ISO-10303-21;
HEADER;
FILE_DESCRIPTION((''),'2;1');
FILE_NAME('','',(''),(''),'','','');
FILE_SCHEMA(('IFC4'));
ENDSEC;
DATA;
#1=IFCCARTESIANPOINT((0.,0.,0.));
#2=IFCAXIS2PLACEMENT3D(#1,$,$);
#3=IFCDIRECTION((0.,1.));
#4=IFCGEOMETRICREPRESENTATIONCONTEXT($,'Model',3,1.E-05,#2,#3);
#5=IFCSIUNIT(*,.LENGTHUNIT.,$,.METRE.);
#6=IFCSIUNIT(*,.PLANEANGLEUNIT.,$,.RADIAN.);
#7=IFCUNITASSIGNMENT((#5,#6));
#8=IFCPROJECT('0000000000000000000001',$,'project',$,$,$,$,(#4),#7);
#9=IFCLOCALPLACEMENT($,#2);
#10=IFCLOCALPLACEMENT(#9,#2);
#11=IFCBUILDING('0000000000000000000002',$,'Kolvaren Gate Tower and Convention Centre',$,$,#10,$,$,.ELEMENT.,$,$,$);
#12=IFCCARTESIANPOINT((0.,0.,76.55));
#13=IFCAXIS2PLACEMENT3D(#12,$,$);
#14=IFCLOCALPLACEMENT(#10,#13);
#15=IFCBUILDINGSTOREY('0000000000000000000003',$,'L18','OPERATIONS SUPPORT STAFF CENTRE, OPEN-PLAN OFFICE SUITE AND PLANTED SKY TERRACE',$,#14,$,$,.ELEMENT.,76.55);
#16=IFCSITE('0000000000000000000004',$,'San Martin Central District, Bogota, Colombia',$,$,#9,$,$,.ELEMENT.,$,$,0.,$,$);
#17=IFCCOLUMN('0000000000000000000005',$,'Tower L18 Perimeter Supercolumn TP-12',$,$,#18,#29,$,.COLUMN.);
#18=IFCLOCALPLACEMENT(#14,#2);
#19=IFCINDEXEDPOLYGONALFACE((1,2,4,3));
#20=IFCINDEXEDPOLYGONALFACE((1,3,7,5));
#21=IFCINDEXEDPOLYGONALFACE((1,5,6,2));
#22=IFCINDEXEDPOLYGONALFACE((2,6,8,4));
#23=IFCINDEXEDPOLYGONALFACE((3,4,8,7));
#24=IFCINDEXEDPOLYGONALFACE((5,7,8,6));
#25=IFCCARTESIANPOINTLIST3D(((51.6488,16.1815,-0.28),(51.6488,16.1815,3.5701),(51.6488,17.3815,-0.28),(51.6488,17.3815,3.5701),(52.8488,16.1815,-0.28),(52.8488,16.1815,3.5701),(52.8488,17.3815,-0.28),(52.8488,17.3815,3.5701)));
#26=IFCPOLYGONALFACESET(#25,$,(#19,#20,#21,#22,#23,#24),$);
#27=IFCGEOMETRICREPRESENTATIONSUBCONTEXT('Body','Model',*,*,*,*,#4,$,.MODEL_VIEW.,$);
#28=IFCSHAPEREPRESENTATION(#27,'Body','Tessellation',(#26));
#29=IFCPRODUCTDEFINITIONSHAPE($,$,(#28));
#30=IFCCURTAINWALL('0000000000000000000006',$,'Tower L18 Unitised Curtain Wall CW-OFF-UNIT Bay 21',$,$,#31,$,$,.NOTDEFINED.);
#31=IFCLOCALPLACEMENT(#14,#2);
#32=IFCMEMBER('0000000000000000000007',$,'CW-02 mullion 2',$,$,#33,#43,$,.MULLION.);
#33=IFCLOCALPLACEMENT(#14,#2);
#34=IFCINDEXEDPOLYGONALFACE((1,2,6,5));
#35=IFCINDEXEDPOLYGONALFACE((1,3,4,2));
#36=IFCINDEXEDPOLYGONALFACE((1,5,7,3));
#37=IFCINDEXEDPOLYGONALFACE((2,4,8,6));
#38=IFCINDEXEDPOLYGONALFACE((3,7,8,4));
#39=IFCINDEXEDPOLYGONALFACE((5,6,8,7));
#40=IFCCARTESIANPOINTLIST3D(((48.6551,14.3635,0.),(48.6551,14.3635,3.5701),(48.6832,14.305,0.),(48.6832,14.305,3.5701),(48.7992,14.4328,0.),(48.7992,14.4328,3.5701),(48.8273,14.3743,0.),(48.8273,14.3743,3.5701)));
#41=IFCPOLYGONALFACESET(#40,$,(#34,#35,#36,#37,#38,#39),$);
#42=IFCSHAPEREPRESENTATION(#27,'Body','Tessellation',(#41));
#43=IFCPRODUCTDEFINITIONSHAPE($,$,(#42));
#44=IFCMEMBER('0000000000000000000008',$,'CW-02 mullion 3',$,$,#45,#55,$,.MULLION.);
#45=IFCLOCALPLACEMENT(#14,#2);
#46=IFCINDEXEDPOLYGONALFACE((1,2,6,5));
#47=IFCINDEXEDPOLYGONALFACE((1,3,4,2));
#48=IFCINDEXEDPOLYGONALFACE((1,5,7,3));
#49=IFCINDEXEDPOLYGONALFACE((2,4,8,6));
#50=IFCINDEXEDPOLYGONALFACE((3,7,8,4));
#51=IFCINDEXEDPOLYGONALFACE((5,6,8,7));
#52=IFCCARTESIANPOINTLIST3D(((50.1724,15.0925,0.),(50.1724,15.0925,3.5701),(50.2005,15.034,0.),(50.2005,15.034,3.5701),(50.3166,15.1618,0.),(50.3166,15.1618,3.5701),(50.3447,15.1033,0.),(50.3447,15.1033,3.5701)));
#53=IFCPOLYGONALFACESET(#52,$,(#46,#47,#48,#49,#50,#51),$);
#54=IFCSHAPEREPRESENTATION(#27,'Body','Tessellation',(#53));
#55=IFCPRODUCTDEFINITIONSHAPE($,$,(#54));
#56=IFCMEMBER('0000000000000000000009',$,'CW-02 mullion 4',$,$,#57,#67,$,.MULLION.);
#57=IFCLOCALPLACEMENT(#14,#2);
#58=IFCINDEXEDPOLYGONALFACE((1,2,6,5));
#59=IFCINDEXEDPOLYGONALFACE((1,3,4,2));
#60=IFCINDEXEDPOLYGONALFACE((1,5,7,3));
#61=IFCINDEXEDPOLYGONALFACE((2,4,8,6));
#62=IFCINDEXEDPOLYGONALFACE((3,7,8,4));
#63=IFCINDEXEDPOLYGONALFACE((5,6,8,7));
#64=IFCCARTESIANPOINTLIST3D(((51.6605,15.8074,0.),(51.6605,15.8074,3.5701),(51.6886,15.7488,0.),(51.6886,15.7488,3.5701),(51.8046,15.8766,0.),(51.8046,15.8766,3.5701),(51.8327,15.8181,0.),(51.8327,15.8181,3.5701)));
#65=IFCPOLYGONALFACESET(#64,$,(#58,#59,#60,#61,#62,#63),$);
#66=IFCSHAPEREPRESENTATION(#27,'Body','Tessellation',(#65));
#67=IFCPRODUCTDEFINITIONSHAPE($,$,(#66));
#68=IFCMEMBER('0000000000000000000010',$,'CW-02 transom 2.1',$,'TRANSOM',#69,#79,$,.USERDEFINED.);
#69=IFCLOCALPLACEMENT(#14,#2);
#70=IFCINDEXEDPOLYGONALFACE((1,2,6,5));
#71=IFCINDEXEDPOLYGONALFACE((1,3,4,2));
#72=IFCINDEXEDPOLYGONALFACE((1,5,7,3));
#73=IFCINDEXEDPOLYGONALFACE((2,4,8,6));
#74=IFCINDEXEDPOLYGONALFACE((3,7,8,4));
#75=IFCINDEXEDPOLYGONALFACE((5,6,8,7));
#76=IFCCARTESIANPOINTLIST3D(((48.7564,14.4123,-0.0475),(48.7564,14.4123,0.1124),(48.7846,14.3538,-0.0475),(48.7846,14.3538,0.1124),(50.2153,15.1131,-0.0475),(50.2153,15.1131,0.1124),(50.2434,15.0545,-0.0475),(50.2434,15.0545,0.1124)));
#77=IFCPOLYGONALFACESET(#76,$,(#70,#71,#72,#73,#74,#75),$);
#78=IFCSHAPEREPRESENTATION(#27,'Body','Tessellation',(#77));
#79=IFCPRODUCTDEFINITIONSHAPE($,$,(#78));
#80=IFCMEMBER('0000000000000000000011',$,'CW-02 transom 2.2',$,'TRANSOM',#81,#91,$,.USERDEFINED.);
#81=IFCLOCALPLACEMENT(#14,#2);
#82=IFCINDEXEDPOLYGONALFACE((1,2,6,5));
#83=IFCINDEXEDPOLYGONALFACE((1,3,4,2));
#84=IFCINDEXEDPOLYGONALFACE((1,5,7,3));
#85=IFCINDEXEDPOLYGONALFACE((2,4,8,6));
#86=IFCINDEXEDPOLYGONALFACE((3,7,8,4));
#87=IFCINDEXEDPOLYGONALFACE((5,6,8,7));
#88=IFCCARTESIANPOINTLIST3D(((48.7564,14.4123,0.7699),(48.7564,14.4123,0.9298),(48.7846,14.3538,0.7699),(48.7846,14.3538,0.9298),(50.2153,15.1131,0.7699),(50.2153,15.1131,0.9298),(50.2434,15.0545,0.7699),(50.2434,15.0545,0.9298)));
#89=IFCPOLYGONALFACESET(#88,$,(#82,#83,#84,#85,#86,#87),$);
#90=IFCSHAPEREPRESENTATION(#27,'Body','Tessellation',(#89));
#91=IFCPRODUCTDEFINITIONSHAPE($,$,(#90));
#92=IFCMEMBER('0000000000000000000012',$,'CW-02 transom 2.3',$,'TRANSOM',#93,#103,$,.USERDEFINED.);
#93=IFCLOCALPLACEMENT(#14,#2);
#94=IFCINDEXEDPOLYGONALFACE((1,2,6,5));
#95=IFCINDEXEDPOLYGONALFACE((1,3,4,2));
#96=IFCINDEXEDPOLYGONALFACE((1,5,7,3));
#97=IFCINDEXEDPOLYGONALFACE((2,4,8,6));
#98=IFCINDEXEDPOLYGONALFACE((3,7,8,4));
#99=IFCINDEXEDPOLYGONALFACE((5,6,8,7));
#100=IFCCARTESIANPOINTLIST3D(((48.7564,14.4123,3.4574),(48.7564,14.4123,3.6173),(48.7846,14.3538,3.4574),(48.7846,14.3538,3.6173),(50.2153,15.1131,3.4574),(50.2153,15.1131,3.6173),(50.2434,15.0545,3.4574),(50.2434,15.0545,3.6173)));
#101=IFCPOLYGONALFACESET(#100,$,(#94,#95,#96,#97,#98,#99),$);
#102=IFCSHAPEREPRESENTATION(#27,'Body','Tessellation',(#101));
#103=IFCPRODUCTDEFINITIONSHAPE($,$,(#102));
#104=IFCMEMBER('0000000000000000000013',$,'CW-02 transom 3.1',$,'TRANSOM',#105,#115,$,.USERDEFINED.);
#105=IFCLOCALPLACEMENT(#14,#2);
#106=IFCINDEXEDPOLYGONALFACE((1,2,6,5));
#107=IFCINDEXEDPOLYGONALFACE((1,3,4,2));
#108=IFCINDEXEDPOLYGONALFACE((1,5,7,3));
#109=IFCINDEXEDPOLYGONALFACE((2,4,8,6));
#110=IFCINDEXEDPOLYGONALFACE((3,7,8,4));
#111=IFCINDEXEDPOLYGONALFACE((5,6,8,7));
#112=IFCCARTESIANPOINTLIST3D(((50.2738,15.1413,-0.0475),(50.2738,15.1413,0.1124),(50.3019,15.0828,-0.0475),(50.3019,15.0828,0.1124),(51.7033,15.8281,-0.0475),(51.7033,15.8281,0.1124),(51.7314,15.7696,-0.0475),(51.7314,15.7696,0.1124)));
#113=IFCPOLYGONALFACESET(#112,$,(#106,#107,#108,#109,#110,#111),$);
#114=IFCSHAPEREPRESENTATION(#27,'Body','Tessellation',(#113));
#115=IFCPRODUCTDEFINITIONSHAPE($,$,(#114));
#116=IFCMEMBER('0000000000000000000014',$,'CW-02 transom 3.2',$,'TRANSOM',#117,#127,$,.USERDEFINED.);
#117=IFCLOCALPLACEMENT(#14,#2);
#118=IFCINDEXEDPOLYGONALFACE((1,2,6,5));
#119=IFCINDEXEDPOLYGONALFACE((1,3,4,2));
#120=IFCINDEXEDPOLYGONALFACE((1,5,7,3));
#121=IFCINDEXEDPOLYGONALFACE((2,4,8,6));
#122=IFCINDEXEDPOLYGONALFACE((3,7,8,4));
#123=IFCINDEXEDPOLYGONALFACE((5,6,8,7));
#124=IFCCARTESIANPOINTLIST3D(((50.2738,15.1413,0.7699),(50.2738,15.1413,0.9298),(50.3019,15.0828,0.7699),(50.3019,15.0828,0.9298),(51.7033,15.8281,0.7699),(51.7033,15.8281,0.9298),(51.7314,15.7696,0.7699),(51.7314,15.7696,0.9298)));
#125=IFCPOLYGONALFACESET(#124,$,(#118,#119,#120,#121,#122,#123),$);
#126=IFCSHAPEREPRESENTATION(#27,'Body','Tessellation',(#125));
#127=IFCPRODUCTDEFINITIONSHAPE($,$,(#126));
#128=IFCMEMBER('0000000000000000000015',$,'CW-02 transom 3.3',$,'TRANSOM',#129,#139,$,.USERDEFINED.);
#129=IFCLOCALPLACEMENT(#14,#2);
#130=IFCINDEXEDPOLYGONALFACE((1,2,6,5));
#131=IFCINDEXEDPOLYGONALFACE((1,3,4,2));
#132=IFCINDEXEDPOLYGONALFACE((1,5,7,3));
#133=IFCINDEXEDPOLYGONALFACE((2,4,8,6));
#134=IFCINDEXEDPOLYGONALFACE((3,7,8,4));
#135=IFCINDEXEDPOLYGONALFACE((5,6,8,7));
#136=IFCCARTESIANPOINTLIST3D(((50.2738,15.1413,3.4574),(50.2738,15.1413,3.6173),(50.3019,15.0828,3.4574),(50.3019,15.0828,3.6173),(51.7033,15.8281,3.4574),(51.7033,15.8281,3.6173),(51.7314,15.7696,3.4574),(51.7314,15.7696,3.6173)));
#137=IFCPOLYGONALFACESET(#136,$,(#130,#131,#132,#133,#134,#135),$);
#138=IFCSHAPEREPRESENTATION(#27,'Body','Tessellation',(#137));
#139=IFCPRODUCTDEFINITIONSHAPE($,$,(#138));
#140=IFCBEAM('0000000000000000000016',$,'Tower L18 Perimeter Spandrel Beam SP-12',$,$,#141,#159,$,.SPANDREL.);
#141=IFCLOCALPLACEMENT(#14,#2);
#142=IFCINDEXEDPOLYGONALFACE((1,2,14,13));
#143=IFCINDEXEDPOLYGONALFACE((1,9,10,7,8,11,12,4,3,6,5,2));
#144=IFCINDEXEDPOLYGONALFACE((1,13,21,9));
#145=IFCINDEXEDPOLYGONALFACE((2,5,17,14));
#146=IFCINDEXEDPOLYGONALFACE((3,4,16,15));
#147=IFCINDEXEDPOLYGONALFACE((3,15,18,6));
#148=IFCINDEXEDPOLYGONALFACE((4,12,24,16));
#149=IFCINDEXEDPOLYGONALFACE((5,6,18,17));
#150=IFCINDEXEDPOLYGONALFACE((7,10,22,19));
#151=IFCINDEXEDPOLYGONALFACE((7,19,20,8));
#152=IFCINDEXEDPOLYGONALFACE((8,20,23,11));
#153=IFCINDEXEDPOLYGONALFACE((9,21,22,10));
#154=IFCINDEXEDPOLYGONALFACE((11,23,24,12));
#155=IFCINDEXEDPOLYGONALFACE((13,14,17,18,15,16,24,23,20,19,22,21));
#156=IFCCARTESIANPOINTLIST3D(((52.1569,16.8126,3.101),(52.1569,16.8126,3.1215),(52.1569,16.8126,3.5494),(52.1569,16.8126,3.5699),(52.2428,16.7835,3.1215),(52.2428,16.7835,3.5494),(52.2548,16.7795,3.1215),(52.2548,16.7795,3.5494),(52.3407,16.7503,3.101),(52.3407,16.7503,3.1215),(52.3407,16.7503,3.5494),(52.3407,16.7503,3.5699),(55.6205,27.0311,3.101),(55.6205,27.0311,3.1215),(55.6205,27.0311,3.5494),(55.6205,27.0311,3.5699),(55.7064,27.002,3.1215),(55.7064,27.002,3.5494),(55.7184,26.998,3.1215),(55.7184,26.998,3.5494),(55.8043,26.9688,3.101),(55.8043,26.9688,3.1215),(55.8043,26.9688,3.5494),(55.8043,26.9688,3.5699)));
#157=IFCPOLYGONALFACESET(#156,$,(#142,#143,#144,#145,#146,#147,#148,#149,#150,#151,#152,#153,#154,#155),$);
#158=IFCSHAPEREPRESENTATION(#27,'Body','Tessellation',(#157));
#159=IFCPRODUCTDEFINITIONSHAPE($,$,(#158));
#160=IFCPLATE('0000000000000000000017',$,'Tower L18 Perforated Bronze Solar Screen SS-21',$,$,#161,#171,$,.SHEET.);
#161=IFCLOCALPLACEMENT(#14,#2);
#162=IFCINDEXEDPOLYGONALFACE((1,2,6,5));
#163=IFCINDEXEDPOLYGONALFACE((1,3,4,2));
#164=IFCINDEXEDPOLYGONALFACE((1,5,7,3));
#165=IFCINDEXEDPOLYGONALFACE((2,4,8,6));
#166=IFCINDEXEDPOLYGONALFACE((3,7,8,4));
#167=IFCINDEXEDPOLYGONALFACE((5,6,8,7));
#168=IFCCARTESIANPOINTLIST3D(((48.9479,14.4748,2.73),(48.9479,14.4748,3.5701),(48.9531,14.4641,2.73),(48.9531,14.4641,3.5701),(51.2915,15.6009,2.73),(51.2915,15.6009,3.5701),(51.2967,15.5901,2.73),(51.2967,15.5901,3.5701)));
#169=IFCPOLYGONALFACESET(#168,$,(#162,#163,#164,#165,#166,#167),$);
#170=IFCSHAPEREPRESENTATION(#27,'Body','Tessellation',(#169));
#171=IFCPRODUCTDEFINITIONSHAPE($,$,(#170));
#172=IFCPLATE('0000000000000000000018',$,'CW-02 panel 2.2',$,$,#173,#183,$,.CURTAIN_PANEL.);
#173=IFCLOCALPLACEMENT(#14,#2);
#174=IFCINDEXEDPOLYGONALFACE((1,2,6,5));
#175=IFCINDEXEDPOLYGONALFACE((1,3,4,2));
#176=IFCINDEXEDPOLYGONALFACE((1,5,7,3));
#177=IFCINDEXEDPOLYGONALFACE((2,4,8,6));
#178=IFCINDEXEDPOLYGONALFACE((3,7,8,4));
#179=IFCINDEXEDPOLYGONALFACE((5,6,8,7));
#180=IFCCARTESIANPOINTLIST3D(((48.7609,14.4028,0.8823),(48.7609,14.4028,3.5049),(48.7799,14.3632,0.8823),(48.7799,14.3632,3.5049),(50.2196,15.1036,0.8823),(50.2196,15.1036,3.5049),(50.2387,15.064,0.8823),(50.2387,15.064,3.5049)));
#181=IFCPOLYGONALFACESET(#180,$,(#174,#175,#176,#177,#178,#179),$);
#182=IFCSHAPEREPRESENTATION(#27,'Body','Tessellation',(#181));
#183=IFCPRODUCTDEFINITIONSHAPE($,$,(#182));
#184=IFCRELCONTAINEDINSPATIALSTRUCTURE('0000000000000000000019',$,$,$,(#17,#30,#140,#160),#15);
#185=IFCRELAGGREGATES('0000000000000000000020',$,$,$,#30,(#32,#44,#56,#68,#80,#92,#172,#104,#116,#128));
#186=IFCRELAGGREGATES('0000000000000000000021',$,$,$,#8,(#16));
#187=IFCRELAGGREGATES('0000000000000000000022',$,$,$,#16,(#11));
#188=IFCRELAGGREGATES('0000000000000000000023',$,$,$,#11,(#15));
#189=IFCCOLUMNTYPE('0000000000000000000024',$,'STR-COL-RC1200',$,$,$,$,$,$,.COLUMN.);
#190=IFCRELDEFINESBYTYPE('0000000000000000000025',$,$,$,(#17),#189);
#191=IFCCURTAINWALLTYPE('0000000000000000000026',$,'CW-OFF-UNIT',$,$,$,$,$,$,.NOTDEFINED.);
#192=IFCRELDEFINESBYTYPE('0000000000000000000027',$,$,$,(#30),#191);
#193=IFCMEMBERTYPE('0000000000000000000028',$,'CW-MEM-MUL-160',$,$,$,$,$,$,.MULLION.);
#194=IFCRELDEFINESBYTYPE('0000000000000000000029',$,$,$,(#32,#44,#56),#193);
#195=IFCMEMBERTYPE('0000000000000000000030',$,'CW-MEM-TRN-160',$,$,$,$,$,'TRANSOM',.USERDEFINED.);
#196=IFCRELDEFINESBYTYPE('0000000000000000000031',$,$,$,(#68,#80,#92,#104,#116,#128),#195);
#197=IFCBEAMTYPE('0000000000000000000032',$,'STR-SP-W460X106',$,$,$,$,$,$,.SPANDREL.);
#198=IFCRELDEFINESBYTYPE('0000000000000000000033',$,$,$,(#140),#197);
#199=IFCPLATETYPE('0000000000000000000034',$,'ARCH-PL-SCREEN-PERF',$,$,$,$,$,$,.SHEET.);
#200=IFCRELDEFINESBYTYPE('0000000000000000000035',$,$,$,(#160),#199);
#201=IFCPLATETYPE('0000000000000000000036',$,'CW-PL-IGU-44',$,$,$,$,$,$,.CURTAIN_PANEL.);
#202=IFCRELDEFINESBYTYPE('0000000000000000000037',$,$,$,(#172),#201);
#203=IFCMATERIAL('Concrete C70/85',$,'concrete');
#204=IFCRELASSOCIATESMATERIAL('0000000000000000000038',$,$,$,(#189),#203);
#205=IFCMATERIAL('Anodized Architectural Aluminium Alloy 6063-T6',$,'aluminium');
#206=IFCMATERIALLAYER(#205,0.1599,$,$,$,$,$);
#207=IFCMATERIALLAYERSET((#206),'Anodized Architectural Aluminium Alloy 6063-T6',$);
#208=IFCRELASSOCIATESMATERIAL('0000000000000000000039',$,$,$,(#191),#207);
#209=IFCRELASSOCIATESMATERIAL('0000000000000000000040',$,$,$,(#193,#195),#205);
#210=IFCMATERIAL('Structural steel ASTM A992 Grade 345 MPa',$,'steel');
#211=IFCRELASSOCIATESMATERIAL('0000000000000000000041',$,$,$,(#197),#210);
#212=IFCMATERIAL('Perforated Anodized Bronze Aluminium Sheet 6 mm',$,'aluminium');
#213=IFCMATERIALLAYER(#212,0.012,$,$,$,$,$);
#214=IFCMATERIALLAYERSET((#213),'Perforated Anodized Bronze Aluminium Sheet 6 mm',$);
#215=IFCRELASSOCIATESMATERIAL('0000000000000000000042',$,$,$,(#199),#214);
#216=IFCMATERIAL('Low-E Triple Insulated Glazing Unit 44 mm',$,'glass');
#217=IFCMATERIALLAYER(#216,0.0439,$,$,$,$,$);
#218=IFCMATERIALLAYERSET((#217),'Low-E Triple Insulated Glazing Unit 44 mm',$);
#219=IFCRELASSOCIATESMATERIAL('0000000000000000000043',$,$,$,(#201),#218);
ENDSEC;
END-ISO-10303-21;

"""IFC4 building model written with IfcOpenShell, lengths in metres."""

from ifc_helpers import new_model, si_unit, direction, frame, origin, origin_2d, place, context, subcontext, project, spatial, rectangle, i_section, extrude, material, layer, layer_set, material_profile, profile_set, type_object, element, aggregate, save


model = new_model("IFC4")

# Units and contexts
model_context = context("Model", 3, precision=1e-05, world=origin(), true_north=direction((0.0, 1.0)))
body_context = subcontext(model_context, "Body", "Model", "MODEL_VIEW")
ifc_project = project(units=[si_unit("LENGTHUNIT", "METRE"), si_unit("PLANEANGLEUNIT", "RADIAN")], contexts=[model_context])

# Site, building, storey
site_placement = place(None, origin())
site = spatial("IfcSite", under=ifc_project, at=site_placement, Name="San Martin Central District, Bogota, Colombia", CompositionType="ELEMENT", RefElevation=0.0)
building_placement = place(site_placement, origin())
building = spatial("IfcBuilding", under=site, at=building_placement, Name="Kolvaren Gate Tower and Convention Centre", CompositionType="ELEMENT")
storey_placement = place(building_placement, frame((0.0, 0.0, 76.55)))
storey = spatial("IfcBuildingStorey", under=building, at=storey_placement, Name="L18", Description="OPERATIONS SUPPORT STAFF CENTRE, OPEN-PLAN OFFICE SUITE AND PLANTED SKY TERRACE", CompositionType="ELEMENT", Elevation=76.55)

# Column
ifc_material_1 = material(Name="Concrete C70/85", Category="concrete")
ifc_material_profile_1 = material_profile(ifc_material_1, rectangle(XDim=1.2, YDim=1.2, at=origin_2d()), Name="RC-COL-1200X1200")
ifc_profile_set_1 = profile_set([ifc_material_profile_1], Name="Concrete C70/85")
column_type = type_object("IfcColumnType", Name="STR-COL-RC1200", PredefinedType="COLUMN", material=ifc_profile_set_1)
column_placement = place(storey_placement, frame((52.2488, 16.7815, -0.28), z_axis=(0.0, 0.0, 1.0), x_axis=(1.0, 0.0, 0.0)))
element("IfcColumn", 1, at=column_placement, inside=storey, type_object=column_type, Name="Tower L18 Perimeter Supercolumn TP-12", PredefinedType="COLUMN", context=body_context, shape_type="SweptSolid", body=[
    extrude(rectangle(XDim=1.2, YDim=1.2, at=origin_2d()), origin(), (0.0, 0.0, 1.0), 3.8501),
])

# Curtain wall, members
ifc_material_2 = material(Name="Anodized Architectural Aluminium Alloy 6063-T6", Category="aluminium")
ifc_layer_1 = layer(ifc_material_2, 0.1599)
ifc_layer_set_1 = layer_set([ifc_layer_1], Name="Anodized Architectural Aluminium Alloy 6063-T6")
curtain_wall_type = type_object("IfcCurtainWallType", Name="CW-OFF-UNIT", PredefinedType="NOTDEFINED", material=ifc_layer_set_1)
curtain_wall_placement = place(storey_placement, origin())
curtain_wall = element("IfcCurtainWall", 2, at=curtain_wall_placement, inside=storey, type_object=curtain_wall_type, Name="Tower L18 Unitised Curtain Wall CW-OFF-UNIT Bay 21", PredefinedType="NOTDEFINED")
ifc_material_profile_2 = material_profile(ifc_material_2, rectangle(XDim=0.0649, YDim=0.1599, at=origin_2d()), Name="CW-MEM-MUL-160")
ifc_profile_set_2 = profile_set([ifc_material_profile_2], Name="Anodized Architectural Aluminium Alloy 6063-T6")
member_type_1 = type_object("IfcMemberType", Name="CW-MEM-MUL-160", PredefinedType="MULLION", material=ifc_profile_set_2)
member_1_placement = place(storey_placement, frame((48.7412, 14.3689, 0.0), z_axis=(0.0, 0.0, 1.0), x_axis=(-0.433067, 0.901362, 0.0)))
member_1 = element("IfcMember", 3, at=member_1_placement, type_object=member_type_1, Name="CW-02 mullion 2", PredefinedType="MULLION", context=body_context, shape_type="SweptSolid", body=[
    extrude(rectangle(XDim=0.0649, YDim=0.1599, at=origin_2d()), origin(), (0.0, 0.0, 1.0), 3.5701),
])
member_2_placement = place(storey_placement, frame((50.2585, 15.0979, 0.0), z_axis=(0.0, 0.0, 1.0), x_axis=(-0.433067, 0.901362, 0.0)))
member_2 = element("IfcMember", 4, at=member_2_placement, type_object=member_type_1, Name="CW-02 mullion 3", PredefinedType="MULLION", context=body_context, shape_type="SweptSolid", body=[
    extrude(rectangle(XDim=0.0649, YDim=0.1599, at=origin_2d()), origin(), (0.0, 0.0, 1.0), 3.5701),
])
member_3_placement = place(storey_placement, frame((51.7466, 15.8127, 0.0), z_axis=(0.0, 0.0, 1.0), x_axis=(-0.433067, 0.901362, 0.0)))
member_3 = element("IfcMember", 5, at=member_3_placement, type_object=member_type_1, Name="CW-02 mullion 4", PredefinedType="MULLION", context=body_context, shape_type="SweptSolid", body=[
    extrude(rectangle(XDim=0.0649, YDim=0.1599, at=origin_2d()), origin(), (0.0, 0.0, 1.0), 3.5701),
])
ifc_material_profile_3 = material_profile(ifc_material_2, rectangle(XDim=0.0649, YDim=0.1599, at=origin_2d()), Name="CW-MEM-TRN-160")
ifc_profile_set_3 = profile_set([ifc_material_profile_3], Name="Anodized Architectural Aluminium Alloy 6063-T6")
member_type_2 = type_object("IfcMemberType", Name="CW-MEM-TRN-160", ElementType="TRANSOM", PredefinedType="USERDEFINED", material=ifc_profile_set_3)
member_4_placement = place(storey_placement, frame((48.7705, 14.3831, 0.0325), z_axis=(0.901405, 0.432976, 0.0), x_axis=(-0.432976, 0.901405, 0.0)))
member_4 = element("IfcMember", 6, at=member_4_placement, type_object=member_type_2, Name="CW-02 transom 2.1", ObjectType="TRANSOM", PredefinedType="USERDEFINED", context=body_context, shape_type="SweptSolid", body=[
    extrude(rectangle(XDim=0.0649, YDim=0.1599, at=origin_2d()), origin(), (0.0, 0.0, 1.0), 1.6184),
])
member_5_placement = place(storey_placement, frame((48.7705, 14.3831, 0.8499), z_axis=(0.901405, 0.432976, 0.0), x_axis=(-0.432976, 0.901405, 0.0)))
member_5 = element("IfcMember", 7, at=member_5_placement, type_object=member_type_2, Name="CW-02 transom 2.2", ObjectType="TRANSOM", PredefinedType="USERDEFINED", context=body_context, shape_type="SweptSolid", body=[
    extrude(rectangle(XDim=0.0649, YDim=0.1599, at=origin_2d()), origin(), (0.0, 0.0, 1.0), 1.6184),
])
member_6_placement = place(storey_placement, frame((48.7705, 14.3831, 3.5374), z_axis=(0.901405, 0.432976, 0.0), x_axis=(-0.432976, 0.901405, 0.0)))
member_6 = element("IfcMember", 8, at=member_6_placement, type_object=member_type_2, Name="CW-02 transom 2.3", ObjectType="TRANSOM", PredefinedType="USERDEFINED", context=body_context, shape_type="SweptSolid", body=[
    extrude(rectangle(XDim=0.0649, YDim=0.1599, at=origin_2d()), origin(), (0.0, 0.0, 1.0), 1.6184),
])
member_7_placement = place(storey_placement, frame((50.2878, 15.1121, 0.0325), z_axis=(0.901367, 0.433056, 0.0), x_axis=(-0.433056, 0.901367, 0.0)))
member_7 = element("IfcMember", 9, at=member_7_placement, type_object=member_type_2, Name="CW-02 transom 3.1", ObjectType="TRANSOM", PredefinedType="USERDEFINED", context=body_context, shape_type="SweptSolid", body=[
    extrude(rectangle(XDim=0.0649, YDim=0.1599, at=origin_2d()), origin(), (0.0, 0.0, 1.0), 1.5859),
])
member_8_placement = place(storey_placement, frame((50.2878, 15.1121, 0.8499), z_axis=(0.901367, 0.433056, 0.0), x_axis=(-0.433056, 0.901367, 0.0)))
member_8 = element("IfcMember", 10, at=member_8_placement, type_object=member_type_2, Name="CW-02 transom 3.2", ObjectType="TRANSOM", PredefinedType="USERDEFINED", context=body_context, shape_type="SweptSolid", body=[
    extrude(rectangle(XDim=0.0649, YDim=0.1599, at=origin_2d()), origin(), (0.0, 0.0, 1.0), 1.5859),
])
member_9_placement = place(storey_placement, frame((50.2878, 15.1121, 3.5374), z_axis=(0.901367, 0.433056, 0.0), x_axis=(-0.433056, 0.901367, 0.0)))
member_9 = element("IfcMember", 11, at=member_9_placement, type_object=member_type_2, Name="CW-02 transom 3.3", ObjectType="TRANSOM", PredefinedType="USERDEFINED", context=body_context, shape_type="SweptSolid", body=[
    extrude(rectangle(XDim=0.0649, YDim=0.1599, at=origin_2d()), origin(), (0.0, 0.0, 1.0), 1.5859),
])

# Beam
ifc_material_3 = material(Name="Structural steel ASTM A992 Grade 345 MPa", Category="steel")
ifc_material_profile_4 = material_profile(ifc_material_3, i_section(OverallWidth=0.1941, OverallDepth=0.469, WebThickness=0.0127, FlangeThickness=0.0205, at=origin_2d()), Name="W460X106")
ifc_profile_set_4 = profile_set([ifc_material_profile_4], Name="Structural steel ASTM A992 Grade 345 MPa")
beam_type = type_object("IfcBeamType", Name="STR-SP-W460X106", PredefinedType="SPANDREL", material=ifc_profile_set_4)
beam_placement = place(storey_placement, frame((52.2488, 16.7815, 3.3354), z_axis=(0.321016, 0.947074, 0.0), x_axis=(-0.947074, 0.321016, 0.0)))
element("IfcBeam", 12, at=beam_placement, inside=storey, type_object=beam_type, Name="Tower L18 Perimeter Spandrel Beam SP-12", PredefinedType="SPANDREL", context=body_context, shape_type="SweptSolid", body=[
    extrude(i_section(OverallWidth=0.1941, OverallDepth=0.469, WebThickness=0.0127, FlangeThickness=0.0205, at=origin_2d()), origin(), (0.0, 0.0, 1.0), 10.7896),
])

# Plates
ifc_material_4 = material(Name="Perforated Anodized Bronze Aluminium Sheet 6 mm", Category="aluminium")
ifc_layer_2 = layer(ifc_material_4, 0.012)
ifc_layer_set_2 = layer_set([ifc_layer_2], Name="Perforated Anodized Bronze Aluminium Sheet 6 mm")
plate_type_1 = type_object("IfcPlateType", Name="ARCH-PL-SCREEN-PERF", PredefinedType="SHEET", material=ifc_layer_set_2)
plate_1_placement = place(storey_placement, frame((50.1223, 15.0325, 2.73), z_axis=(0.0, 0.0, 1.0), x_axis=(0.901358, 0.433076, 0.0)))
element("IfcPlate", 13, at=plate_1_placement, inside=storey, type_object=plate_type_1, Name="Tower L18 Perforated Bronze Solar Screen SS-21", PredefinedType="SHEET", context=body_context, shape_type="SweptSolid", body=[
    extrude(rectangle(XDim=2.6001, YDim=0.012, at=origin_2d()), origin(), (0.0, 0.0, 1.0), 0.8401),
])
ifc_material_5 = material(Name="Low-E Triple Insulated Glazing Unit 44 mm", Category="glass")
ifc_layer_3 = layer(ifc_material_5, 0.0439)
ifc_layer_set_3 = layer_set([ifc_layer_3], Name="Low-E Triple Insulated Glazing Unit 44 mm")
plate_type_2 = type_object("IfcPlateType", Name="CW-PL-IGU-44", PredefinedType="CURTAIN_PANEL", material=ifc_layer_set_3)
plate_2_placement = place(storey_placement, frame((49.4998, 14.7334, 0.8823), z_axis=(0.0, 0.0, 1.0), x_axis=(0.901362, 0.433067, 0.0)))
plate_2 = element("IfcPlate", 14, at=plate_2_placement, type_object=plate_type_2, Name="CW-02 panel 2.2", PredefinedType="CURTAIN_PANEL", context=body_context, shape_type="SweptSolid", body=[
    extrude(rectangle(XDim=1.6184, YDim=0.0439, at=origin_2d()), origin(), (0.0, 0.0, 1.0), 2.6226),
])
aggregate(curtain_wall, [member_1, member_2, member_3, member_4, member_5, member_6, plate_2, member_7, member_8, member_9])

save(model, "model.ifc")
